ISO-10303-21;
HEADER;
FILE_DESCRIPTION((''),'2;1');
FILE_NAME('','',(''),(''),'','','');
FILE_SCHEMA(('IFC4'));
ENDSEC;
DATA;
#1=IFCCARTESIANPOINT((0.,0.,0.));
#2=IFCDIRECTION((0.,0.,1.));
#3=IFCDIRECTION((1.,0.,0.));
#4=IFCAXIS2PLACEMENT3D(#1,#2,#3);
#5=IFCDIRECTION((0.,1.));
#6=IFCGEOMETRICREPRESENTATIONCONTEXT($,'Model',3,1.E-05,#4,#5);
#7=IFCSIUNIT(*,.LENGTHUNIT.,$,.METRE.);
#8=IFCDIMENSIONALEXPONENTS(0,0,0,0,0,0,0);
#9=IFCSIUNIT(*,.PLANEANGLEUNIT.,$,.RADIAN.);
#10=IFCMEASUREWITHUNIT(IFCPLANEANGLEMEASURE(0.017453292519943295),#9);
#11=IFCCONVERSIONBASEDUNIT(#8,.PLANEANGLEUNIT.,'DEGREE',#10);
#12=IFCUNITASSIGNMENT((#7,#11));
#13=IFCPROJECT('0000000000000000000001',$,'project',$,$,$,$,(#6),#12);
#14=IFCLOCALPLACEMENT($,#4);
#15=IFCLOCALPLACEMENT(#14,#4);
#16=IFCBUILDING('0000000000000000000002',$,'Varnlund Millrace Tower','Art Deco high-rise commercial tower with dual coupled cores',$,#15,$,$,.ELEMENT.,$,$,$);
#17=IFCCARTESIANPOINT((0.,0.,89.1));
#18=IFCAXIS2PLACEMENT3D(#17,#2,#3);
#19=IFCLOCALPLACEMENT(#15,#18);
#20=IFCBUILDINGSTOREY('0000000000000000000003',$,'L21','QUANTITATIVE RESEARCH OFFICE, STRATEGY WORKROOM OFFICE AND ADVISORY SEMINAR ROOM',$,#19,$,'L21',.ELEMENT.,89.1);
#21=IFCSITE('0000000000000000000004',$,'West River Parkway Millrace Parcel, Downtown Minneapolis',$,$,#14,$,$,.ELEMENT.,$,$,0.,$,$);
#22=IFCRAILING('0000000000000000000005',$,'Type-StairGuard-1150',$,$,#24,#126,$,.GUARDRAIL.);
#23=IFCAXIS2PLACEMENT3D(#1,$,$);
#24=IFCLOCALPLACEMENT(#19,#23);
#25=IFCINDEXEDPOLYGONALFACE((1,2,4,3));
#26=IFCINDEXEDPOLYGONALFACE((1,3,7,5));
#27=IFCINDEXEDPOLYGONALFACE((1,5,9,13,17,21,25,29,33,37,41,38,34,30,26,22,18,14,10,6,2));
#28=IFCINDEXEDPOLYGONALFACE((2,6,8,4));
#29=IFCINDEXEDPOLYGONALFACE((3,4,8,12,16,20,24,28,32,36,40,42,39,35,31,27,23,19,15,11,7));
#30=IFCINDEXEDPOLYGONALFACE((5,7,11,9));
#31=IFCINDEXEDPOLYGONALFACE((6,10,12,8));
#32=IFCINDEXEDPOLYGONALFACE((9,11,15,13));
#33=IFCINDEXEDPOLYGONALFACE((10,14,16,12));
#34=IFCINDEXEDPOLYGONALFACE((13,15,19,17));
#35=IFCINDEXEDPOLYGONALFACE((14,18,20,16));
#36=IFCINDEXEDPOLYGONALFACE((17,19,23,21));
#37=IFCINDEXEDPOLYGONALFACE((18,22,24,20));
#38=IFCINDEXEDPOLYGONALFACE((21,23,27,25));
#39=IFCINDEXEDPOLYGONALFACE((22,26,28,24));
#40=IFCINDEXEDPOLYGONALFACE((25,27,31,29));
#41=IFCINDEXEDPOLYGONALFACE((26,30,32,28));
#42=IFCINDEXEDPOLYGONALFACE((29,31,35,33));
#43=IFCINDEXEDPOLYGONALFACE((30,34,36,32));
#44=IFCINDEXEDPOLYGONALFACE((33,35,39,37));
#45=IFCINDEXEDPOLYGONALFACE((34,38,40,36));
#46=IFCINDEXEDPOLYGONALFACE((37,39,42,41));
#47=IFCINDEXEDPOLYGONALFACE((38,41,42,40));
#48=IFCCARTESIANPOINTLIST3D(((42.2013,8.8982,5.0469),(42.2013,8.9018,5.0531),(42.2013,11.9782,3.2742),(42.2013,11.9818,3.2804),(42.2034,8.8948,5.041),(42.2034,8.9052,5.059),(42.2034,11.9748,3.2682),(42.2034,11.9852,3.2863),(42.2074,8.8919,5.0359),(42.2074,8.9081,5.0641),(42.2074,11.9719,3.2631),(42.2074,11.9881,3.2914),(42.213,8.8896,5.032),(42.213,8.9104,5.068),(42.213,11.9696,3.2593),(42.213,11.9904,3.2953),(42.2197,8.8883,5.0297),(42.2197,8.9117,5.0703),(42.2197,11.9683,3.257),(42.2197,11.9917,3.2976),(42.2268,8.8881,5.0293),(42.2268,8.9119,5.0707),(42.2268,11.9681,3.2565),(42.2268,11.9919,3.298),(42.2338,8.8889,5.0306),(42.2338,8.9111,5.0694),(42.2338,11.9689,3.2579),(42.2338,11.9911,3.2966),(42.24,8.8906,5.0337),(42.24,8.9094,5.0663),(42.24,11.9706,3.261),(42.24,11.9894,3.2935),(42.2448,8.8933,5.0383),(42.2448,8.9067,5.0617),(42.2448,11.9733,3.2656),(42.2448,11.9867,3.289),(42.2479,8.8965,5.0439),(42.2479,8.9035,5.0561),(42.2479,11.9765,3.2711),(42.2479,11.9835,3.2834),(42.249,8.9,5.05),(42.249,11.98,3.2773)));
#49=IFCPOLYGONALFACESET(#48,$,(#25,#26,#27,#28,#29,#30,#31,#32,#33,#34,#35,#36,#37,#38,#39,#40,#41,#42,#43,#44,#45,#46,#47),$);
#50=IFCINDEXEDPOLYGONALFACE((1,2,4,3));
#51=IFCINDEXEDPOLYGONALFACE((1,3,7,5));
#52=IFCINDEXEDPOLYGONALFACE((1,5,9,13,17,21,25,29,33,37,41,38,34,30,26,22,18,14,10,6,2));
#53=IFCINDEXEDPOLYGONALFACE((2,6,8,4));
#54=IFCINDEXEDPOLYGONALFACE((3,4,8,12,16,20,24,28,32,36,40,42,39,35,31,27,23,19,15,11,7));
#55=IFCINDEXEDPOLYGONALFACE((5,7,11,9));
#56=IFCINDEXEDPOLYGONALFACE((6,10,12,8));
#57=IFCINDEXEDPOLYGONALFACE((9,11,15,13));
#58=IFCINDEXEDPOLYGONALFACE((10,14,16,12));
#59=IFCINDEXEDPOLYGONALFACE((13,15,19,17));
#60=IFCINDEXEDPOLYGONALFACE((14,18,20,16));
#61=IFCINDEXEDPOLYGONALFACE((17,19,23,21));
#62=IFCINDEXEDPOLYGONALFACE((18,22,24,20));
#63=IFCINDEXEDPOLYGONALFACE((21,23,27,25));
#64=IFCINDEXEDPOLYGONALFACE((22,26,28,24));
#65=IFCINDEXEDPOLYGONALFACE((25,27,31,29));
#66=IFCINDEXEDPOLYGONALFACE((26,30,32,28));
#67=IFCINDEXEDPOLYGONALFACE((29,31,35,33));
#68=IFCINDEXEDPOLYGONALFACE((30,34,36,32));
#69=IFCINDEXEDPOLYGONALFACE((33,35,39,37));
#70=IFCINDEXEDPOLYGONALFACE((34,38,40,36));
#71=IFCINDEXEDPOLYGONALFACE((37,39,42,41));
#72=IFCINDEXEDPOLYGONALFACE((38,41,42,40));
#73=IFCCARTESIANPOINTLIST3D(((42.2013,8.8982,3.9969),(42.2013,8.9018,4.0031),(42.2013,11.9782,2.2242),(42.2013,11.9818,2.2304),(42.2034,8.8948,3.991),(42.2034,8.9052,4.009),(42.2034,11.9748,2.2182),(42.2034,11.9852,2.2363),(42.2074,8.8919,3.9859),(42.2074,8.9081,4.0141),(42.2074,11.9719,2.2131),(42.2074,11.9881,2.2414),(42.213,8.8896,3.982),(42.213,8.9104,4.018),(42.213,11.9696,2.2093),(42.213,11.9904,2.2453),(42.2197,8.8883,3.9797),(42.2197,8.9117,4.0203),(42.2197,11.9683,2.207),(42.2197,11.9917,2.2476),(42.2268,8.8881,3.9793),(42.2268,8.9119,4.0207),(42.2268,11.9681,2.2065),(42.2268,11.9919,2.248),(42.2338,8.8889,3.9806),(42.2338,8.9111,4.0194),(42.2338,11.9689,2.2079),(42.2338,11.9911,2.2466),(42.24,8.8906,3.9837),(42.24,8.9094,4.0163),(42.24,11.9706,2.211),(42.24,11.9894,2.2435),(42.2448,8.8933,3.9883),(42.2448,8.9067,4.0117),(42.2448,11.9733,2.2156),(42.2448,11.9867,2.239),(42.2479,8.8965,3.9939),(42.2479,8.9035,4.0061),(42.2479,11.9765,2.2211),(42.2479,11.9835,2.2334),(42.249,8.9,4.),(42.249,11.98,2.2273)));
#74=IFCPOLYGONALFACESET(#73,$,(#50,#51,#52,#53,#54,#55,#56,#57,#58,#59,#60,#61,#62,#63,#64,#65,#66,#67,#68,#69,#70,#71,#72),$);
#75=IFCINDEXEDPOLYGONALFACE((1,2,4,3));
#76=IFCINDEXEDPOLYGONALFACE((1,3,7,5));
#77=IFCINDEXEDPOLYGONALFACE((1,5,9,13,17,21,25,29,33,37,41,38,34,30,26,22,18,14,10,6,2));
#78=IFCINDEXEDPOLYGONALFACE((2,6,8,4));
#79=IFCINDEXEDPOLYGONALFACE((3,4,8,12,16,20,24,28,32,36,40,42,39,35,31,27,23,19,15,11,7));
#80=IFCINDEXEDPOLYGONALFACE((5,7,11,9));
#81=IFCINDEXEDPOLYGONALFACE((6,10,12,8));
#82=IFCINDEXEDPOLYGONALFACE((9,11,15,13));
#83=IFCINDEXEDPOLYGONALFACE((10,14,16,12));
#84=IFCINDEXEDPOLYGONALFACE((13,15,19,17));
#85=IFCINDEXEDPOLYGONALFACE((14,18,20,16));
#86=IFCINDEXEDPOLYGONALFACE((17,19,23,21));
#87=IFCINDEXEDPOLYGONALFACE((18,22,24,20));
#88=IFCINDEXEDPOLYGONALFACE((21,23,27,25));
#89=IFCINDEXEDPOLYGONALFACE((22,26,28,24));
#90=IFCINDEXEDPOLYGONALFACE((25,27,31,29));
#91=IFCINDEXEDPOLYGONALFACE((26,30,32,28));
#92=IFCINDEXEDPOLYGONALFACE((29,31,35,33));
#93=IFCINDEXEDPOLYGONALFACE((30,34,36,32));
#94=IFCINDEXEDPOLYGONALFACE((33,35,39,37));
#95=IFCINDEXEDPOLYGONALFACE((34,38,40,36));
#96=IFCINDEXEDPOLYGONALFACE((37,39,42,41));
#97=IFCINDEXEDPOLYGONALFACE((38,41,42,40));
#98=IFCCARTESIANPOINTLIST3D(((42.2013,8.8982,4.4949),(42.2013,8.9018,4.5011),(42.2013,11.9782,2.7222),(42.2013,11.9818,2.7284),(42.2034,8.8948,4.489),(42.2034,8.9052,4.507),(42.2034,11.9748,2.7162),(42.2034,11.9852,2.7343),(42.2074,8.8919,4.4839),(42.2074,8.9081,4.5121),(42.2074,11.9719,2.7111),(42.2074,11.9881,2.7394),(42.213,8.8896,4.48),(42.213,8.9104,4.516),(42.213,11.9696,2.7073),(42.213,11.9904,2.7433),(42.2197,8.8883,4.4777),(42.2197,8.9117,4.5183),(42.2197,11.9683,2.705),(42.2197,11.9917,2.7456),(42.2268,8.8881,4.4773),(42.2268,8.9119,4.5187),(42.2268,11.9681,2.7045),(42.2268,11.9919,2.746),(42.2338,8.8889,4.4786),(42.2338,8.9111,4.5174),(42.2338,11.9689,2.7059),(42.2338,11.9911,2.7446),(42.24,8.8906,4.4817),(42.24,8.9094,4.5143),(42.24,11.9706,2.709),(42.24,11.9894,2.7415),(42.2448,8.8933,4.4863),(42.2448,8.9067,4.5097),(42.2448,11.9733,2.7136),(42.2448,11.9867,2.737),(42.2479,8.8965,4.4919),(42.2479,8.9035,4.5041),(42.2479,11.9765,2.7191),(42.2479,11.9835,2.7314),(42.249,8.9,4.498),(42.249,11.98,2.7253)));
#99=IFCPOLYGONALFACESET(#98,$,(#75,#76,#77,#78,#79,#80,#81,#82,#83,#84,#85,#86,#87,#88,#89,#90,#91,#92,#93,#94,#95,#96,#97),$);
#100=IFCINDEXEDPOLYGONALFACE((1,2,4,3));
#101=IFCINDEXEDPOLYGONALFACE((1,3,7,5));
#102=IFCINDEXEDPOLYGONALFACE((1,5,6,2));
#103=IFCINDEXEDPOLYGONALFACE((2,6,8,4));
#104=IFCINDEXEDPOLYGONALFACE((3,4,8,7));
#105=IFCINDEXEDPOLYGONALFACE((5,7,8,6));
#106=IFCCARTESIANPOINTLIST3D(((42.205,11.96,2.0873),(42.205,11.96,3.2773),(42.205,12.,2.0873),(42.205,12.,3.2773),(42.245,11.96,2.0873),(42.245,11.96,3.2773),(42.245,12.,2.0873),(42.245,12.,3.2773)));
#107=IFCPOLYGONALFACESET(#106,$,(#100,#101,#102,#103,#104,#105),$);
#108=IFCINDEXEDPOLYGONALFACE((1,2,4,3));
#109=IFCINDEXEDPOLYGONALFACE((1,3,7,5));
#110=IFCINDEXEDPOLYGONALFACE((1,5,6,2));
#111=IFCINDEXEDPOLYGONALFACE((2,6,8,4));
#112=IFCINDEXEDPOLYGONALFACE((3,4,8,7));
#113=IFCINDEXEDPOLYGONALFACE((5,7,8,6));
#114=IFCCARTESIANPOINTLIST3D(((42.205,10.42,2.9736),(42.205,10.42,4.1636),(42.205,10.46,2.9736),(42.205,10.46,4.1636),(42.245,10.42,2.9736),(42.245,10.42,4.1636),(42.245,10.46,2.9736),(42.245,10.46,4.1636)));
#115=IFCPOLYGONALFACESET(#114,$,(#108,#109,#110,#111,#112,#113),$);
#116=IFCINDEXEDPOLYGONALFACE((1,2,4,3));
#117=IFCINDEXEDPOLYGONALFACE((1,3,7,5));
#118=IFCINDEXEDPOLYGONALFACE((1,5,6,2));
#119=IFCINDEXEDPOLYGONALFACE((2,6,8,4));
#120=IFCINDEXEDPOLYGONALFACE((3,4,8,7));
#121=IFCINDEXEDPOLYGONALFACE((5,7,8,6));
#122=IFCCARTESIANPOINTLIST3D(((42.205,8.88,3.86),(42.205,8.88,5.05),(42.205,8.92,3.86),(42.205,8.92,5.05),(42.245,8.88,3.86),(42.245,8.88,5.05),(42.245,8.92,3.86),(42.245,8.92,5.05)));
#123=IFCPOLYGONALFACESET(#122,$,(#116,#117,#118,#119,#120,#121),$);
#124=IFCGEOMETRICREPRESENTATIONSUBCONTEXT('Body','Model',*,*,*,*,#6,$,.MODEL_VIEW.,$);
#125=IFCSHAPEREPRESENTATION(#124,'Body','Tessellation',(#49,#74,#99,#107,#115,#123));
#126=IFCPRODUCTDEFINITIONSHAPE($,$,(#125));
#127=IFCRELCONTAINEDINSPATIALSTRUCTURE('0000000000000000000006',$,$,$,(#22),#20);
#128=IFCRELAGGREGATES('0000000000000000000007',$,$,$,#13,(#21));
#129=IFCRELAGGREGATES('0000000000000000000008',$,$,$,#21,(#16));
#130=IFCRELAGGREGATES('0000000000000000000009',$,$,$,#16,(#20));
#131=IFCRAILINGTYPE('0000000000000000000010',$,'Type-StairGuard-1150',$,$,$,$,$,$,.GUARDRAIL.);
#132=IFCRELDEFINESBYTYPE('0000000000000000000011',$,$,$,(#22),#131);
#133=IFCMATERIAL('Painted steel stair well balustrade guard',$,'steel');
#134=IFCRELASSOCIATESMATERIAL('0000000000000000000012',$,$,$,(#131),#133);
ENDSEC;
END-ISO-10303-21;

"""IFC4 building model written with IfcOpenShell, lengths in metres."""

from ifc_helpers import new_model, entity, si_unit, converted_unit, direction, frame, origin_with_axes, origin_2d_with_axis, place, context, subcontext, project, spatial, rectangle, circle, extrude, material, type_object, element, save


model = new_model("IFC4")

# Units and contexts
model_context = context("Model", 3, precision=1e-05, world=origin_with_axes(), true_north=direction((0.0, 1.0)))
body_context = subcontext(model_context, "Body", "Model", "MODEL_VIEW")
ifc_project = project(units=[si_unit("LENGTHUNIT", "METRE"), converted_unit("PLANEANGLEUNIT", "DEGREE", entity("IfcPlaneAngleMeasure", 0.017453292519943295), si_unit("PLANEANGLEUNIT", "RADIAN"), dimensions=[0, 0, 0, 0, 0, 0, 0])], contexts=[model_context])

# Site, building, storey
site_placement = place(None, origin_with_axes())
site = spatial("IfcSite", under=ifc_project, at=site_placement, Name="West River Parkway Millrace Parcel, Downtown Minneapolis", CompositionType="ELEMENT", RefElevation=0.0)
building_placement = place(site_placement, origin_with_axes())
building = spatial("IfcBuilding", under=site, at=building_placement, Name="Varnlund Millrace Tower", Description="Art Deco high-rise commercial tower with dual coupled cores", CompositionType="ELEMENT")
storey_placement = place(building_placement, frame((0.0, 0.0, 89.1), z_axis=(0.0, 0.0, 1.0), x_axis=(1.0, 0.0, 0.0)))
storey = spatial("IfcBuildingStorey", under=building, at=storey_placement, Name="L21", Description="QUANTITATIVE RESEARCH OFFICE, STRATEGY WORKROOM OFFICE AND ADVISORY SEMINAR ROOM", LongName="L21", CompositionType="ELEMENT", Elevation=89.1)

# Railing
ifc_material_1 = material(Name="Painted steel stair well balustrade guard", Category="steel")
railing_type_1 = type_object("IfcRailingType", Name="Type-StairGuard-1150", PredefinedType="GUARDRAIL", material=ifc_material_1)
railing_1_placement = place(storey_placement, frame((0.0, 0.0, -89.1), z_axis=(0.0, 0.0, 1.0), x_axis=(1.0, 0.0, 0.0)))
element("IfcRailing", 1, at=railing_1_placement, inside=storey, type_object=railing_type_1, Name="Type-StairGuard-1150", PredefinedType="GUARDRAIL", context=body_context, shape_type="SweptSolid", body=[
    extrude(circle(Radius=0.024, at=origin_2d_with_axis()), frame((42.225, 11.98, 92.3773), z_axis=(0.0, -0.866696, 0.498836), x_axis=(1.0, 0.0, 0.0)), (0.0, 0.0, 1.0), 3.5537),
    extrude(circle(Radius=0.024, at=origin_2d_with_axis()), frame((42.225, 11.98, 91.3273), z_axis=(0.0, -0.866696, 0.498836), x_axis=(1.0, 0.0, 0.0)), (0.0, 0.0, 1.0), 3.5537),
    extrude(circle(Radius=0.024, at=origin_2d_with_axis()), frame((42.225, 11.98, 91.8253), z_axis=(0.0, -0.866696, 0.498836), x_axis=(1.0, 0.0, 0.0)), (0.0, 0.0, 1.0), 3.5537),
    extrude(rectangle(XDim=0.04, YDim=0.04, at=origin_2d_with_axis()), frame((42.225, 11.98, 91.1873), z_axis=(0.0, 0.0, 1.0), x_axis=(1.0, 0.0, 0.0)), (0.0, 0.0, 1.0), 1.19),
    extrude(rectangle(XDim=0.04, YDim=0.04, at=origin_2d_with_axis()), frame((42.225, 10.44, 92.0736), z_axis=(0.0, 0.0, 1.0), x_axis=(1.0, 0.0, 0.0)), (0.0, 0.0, 1.0), 1.19),
    extrude(rectangle(XDim=0.04, YDim=0.04, at=origin_2d_with_axis()), frame((42.225, 8.9, 92.96), z_axis=(0.0, 0.0, 1.0), x_axis=(1.0, 0.0, 0.0)), (0.0, 0.0, 1.0), 1.19),
])

save(model, "model.ifc")
